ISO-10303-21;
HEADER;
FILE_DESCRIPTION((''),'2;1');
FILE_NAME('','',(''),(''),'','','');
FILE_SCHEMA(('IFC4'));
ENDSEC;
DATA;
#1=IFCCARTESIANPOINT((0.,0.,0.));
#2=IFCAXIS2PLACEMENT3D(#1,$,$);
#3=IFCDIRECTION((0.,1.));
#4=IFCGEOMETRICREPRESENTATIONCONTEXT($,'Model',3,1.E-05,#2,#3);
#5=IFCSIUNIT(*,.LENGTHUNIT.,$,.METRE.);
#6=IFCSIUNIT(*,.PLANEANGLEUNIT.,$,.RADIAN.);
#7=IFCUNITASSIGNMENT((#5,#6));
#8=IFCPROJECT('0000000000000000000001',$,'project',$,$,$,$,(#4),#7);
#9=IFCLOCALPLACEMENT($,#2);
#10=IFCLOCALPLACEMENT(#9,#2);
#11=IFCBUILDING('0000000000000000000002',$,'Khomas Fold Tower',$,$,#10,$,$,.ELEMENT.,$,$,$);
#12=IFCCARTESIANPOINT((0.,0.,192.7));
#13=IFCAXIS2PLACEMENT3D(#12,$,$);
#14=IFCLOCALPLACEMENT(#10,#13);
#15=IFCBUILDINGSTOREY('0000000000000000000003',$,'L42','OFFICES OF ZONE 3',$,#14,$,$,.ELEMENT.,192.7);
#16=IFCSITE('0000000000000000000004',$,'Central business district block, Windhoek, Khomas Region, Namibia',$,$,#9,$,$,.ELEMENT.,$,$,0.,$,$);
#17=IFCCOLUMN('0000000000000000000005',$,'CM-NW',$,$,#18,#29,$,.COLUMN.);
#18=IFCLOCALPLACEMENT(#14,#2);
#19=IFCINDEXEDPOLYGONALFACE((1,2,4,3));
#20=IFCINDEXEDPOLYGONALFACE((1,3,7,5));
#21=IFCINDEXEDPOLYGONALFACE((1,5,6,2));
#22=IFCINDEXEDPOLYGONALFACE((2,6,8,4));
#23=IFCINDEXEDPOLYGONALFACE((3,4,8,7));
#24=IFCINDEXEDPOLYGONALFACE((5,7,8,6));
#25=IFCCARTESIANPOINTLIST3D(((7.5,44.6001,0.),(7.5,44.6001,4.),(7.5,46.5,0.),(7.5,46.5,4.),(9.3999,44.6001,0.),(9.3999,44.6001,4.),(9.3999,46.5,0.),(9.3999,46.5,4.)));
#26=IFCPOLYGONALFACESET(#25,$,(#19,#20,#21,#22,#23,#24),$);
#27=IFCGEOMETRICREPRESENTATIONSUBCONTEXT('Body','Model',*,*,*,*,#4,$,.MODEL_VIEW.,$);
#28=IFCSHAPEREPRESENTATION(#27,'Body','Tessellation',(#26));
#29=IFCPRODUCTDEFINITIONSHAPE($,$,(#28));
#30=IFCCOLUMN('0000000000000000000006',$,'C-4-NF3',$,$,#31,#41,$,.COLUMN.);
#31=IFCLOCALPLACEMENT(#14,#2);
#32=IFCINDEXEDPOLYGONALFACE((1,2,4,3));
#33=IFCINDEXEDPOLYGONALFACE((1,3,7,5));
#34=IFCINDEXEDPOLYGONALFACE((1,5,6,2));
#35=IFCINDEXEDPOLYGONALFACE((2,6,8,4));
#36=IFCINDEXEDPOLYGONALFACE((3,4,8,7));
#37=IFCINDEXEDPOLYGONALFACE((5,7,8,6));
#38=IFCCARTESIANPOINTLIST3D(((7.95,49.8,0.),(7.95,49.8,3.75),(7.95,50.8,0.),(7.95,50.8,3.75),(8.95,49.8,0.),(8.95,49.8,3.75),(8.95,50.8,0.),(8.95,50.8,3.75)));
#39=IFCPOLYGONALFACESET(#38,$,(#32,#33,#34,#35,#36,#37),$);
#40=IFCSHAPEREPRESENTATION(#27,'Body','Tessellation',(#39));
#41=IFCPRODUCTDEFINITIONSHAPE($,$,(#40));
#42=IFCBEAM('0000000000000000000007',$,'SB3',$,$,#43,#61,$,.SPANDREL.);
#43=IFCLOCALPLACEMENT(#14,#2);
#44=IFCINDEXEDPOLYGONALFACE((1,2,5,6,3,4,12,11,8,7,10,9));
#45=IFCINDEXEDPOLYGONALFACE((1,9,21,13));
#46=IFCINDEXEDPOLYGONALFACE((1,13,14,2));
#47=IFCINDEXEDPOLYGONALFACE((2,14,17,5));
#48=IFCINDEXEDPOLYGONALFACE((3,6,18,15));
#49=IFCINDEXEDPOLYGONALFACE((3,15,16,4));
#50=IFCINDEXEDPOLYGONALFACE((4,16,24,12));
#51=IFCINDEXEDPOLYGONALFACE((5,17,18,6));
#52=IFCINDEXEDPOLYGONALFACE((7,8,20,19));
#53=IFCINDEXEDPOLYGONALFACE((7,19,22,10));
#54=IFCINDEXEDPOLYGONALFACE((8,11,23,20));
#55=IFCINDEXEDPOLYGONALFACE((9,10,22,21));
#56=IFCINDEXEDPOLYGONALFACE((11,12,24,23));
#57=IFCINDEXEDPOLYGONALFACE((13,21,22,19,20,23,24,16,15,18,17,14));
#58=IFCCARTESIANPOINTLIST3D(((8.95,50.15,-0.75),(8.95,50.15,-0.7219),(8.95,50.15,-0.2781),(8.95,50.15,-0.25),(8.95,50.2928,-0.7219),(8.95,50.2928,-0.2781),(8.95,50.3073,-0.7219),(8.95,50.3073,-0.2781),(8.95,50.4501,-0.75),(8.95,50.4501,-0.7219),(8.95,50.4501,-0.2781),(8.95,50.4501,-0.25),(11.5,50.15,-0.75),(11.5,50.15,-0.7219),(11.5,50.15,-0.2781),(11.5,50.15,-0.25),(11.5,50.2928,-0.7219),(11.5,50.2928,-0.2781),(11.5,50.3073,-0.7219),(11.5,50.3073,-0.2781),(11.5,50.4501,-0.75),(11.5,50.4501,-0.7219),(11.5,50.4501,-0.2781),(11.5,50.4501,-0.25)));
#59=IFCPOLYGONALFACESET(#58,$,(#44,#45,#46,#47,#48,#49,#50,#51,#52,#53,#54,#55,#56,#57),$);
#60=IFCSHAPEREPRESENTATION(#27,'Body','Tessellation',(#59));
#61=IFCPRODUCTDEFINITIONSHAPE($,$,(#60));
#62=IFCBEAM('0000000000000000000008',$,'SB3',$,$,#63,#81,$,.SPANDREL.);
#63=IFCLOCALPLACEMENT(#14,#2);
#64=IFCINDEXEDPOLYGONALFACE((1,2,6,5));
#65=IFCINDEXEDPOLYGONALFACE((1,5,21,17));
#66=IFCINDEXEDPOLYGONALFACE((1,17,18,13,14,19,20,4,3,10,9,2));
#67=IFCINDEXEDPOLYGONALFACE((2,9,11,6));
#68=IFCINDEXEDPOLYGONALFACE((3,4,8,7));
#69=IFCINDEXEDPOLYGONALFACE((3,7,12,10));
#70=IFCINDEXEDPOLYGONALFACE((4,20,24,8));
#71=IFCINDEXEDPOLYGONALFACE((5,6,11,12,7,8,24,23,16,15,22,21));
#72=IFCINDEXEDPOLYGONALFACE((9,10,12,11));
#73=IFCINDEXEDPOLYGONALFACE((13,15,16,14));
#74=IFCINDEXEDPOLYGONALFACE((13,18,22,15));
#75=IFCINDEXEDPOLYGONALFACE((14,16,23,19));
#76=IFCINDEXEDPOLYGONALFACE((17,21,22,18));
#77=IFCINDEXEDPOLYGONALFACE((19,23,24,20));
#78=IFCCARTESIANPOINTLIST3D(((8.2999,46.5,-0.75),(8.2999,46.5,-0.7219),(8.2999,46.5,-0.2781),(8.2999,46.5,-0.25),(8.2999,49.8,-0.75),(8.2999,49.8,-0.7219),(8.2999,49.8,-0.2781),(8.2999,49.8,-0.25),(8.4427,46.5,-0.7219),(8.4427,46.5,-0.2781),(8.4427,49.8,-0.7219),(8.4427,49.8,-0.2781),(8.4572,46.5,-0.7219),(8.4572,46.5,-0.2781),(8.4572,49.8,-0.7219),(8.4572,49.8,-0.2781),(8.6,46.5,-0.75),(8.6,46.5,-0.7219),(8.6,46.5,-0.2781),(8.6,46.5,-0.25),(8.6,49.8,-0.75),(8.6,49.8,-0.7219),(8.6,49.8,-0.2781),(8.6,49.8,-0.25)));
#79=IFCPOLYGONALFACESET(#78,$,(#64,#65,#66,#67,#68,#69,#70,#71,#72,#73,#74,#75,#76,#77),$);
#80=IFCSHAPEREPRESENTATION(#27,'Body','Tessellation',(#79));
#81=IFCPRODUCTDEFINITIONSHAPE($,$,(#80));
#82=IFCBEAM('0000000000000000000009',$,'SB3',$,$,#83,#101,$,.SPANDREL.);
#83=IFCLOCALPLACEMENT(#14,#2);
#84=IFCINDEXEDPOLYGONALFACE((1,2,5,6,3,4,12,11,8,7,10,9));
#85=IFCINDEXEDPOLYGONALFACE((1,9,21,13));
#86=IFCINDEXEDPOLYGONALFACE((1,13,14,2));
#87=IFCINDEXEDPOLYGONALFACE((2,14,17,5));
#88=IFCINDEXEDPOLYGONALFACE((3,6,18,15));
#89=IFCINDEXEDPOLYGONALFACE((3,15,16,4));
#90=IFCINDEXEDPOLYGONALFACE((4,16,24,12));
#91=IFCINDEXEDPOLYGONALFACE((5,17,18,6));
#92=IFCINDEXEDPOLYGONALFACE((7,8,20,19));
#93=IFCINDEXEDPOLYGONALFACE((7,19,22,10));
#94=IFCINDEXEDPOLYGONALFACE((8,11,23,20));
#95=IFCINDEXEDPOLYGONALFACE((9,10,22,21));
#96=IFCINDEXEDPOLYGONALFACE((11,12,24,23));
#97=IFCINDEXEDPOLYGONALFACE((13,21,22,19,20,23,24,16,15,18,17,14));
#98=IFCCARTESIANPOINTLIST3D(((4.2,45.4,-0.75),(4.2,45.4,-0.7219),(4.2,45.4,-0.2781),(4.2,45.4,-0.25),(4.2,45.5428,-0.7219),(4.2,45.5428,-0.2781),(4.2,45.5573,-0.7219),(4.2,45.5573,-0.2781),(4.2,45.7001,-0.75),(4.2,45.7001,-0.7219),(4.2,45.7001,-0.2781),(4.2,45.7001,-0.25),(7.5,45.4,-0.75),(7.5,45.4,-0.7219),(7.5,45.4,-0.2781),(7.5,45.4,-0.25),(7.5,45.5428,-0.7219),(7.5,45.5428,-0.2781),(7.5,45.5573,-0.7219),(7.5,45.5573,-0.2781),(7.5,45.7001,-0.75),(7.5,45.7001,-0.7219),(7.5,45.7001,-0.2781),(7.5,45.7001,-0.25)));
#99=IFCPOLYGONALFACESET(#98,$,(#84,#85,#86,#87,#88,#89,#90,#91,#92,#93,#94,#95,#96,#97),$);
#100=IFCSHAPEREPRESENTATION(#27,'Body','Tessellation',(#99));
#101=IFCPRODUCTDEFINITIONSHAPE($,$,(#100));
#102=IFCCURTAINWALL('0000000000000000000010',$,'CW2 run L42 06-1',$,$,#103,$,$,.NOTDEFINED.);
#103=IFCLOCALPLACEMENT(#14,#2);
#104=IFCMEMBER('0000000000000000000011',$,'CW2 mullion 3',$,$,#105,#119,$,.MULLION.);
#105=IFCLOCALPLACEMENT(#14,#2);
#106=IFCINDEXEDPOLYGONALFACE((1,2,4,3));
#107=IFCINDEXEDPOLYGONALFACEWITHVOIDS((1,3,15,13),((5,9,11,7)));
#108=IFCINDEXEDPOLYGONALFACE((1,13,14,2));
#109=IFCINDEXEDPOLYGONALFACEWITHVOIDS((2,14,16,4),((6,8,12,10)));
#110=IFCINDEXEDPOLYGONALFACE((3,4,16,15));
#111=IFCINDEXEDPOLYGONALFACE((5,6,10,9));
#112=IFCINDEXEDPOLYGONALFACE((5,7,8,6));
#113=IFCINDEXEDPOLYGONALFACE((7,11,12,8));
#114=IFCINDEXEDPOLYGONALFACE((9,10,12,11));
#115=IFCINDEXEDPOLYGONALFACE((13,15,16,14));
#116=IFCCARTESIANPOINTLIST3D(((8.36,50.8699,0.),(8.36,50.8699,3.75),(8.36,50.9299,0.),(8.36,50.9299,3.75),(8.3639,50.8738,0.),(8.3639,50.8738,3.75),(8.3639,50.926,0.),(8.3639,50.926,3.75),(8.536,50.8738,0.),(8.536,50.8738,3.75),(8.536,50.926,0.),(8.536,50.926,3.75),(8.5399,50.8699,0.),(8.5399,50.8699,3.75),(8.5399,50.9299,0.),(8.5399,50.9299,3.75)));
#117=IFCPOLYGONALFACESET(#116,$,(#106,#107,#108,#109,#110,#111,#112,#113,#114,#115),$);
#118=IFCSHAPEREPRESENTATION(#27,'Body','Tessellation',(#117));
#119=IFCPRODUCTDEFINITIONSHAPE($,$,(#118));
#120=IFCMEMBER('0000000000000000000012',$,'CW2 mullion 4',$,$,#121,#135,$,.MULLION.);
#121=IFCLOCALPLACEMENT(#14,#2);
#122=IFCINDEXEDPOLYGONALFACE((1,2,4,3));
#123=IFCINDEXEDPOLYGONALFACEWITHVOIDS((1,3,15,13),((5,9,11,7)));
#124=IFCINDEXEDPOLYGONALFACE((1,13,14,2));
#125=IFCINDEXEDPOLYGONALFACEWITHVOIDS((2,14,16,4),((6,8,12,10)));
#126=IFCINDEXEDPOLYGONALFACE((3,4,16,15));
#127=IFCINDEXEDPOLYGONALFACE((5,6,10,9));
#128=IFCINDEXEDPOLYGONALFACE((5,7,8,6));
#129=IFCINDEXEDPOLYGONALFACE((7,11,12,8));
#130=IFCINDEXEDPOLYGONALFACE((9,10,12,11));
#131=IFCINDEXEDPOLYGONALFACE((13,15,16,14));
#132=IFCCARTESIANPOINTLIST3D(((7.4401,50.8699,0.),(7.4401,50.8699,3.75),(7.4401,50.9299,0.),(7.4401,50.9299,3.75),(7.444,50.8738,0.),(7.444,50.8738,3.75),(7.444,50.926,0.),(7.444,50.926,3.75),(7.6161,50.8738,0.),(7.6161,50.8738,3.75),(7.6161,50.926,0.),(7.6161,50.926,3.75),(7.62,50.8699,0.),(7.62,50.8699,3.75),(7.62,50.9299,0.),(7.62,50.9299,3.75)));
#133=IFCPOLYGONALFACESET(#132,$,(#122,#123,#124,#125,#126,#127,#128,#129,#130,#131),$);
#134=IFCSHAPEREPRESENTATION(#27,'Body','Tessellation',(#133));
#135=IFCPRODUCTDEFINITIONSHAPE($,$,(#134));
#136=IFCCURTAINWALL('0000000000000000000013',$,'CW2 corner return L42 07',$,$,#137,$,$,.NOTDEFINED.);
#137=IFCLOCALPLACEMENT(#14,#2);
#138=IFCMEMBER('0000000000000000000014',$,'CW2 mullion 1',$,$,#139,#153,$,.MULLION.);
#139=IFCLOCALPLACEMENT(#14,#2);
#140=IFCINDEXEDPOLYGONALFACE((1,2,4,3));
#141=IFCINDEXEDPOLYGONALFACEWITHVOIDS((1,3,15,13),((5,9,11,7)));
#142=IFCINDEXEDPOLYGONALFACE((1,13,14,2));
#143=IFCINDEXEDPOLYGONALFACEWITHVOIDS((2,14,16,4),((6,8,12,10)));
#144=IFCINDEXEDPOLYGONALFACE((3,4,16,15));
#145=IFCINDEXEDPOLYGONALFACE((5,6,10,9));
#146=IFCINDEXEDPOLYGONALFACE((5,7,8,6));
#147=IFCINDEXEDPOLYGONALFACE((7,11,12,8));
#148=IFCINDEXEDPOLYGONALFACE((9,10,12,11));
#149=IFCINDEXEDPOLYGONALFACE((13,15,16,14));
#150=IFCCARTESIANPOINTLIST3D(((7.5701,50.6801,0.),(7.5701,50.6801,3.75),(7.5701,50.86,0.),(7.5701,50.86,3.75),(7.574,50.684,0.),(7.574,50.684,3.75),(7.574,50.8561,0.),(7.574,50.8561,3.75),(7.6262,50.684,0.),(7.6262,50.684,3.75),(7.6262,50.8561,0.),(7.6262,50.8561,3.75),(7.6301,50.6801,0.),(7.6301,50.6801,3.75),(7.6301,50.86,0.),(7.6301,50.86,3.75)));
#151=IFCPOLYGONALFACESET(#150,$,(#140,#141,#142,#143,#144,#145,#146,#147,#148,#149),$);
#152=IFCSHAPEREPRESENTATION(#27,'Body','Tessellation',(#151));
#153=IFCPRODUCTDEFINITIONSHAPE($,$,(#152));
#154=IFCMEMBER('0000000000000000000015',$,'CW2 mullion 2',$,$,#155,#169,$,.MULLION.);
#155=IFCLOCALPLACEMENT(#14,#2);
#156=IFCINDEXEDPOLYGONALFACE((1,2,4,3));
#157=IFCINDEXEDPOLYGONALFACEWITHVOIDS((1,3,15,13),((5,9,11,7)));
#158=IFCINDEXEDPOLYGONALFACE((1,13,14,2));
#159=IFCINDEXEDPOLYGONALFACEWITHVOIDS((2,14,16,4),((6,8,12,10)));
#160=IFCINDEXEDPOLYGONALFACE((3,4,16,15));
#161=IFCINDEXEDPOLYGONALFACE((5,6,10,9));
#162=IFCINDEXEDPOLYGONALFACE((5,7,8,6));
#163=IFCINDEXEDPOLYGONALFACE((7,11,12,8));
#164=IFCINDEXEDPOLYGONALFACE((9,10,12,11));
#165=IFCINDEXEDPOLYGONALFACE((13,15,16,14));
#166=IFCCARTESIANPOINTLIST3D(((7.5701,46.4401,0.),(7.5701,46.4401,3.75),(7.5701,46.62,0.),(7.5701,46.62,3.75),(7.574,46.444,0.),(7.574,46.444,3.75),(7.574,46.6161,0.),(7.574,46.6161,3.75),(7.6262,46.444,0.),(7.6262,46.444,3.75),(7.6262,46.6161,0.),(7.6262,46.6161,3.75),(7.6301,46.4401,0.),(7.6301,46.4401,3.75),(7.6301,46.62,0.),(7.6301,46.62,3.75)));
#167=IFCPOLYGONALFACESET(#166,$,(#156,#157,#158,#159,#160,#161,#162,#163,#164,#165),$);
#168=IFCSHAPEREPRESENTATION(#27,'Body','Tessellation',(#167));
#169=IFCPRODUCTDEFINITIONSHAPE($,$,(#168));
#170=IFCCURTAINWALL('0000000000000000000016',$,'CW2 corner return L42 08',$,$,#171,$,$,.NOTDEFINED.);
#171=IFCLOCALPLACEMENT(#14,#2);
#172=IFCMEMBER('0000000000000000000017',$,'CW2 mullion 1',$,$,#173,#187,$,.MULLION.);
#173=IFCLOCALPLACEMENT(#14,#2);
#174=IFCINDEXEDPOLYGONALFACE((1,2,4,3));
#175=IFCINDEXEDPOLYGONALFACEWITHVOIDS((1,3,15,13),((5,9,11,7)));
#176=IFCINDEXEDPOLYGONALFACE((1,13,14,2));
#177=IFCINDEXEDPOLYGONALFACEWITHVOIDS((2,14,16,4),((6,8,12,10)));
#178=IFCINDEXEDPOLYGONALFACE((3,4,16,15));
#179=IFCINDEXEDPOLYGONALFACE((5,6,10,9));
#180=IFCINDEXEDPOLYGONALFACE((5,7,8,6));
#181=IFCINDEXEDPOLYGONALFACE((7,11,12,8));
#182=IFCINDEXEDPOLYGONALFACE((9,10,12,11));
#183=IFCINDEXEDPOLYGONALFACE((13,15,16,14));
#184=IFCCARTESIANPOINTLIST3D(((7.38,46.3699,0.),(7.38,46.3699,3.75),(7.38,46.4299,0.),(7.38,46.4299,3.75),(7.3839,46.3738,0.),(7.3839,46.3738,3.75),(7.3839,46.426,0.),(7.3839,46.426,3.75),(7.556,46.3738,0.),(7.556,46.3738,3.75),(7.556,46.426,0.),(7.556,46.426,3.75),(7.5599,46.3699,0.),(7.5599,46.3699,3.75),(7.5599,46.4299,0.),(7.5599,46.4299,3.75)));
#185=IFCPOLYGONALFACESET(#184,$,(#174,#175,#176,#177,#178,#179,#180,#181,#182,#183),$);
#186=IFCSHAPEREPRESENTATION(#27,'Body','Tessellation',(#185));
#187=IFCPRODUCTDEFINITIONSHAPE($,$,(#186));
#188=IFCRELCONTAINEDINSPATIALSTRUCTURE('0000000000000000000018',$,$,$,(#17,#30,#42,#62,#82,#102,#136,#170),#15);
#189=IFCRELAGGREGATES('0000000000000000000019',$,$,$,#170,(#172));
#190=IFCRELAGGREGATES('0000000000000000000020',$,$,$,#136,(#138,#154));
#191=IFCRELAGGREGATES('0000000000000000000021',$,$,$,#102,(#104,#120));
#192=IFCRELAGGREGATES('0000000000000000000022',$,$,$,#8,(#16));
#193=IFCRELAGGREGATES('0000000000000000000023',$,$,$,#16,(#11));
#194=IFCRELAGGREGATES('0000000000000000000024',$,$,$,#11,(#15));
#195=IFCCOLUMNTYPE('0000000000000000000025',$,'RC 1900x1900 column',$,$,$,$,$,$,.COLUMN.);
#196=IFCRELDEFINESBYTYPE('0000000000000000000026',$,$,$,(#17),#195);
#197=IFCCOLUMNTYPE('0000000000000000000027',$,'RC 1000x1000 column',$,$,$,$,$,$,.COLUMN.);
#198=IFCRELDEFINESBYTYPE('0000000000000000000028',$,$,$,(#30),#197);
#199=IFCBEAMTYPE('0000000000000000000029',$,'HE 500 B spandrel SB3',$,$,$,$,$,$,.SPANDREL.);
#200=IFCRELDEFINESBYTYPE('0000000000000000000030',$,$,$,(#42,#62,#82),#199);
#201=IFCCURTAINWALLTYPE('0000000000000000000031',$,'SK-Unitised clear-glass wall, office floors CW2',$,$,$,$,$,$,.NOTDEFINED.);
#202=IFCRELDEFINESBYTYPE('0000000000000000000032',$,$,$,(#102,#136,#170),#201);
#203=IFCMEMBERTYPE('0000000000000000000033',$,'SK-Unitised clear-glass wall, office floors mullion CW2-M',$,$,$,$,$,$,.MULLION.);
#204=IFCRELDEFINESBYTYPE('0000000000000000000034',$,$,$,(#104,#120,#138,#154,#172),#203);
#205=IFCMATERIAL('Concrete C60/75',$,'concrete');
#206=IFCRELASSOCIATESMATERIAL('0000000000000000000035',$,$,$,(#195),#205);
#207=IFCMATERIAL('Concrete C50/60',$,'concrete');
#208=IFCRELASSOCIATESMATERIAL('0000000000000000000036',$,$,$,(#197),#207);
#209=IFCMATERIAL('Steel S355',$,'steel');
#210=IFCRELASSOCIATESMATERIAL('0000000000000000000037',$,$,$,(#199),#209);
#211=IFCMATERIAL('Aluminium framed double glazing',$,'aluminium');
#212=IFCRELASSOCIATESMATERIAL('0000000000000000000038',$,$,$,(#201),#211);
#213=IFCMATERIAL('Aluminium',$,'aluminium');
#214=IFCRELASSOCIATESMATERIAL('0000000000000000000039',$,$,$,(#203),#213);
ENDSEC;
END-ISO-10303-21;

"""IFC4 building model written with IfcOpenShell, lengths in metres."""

from ifc_helpers import new_model, si_unit, direction, frame, origin, origin_2d, place, context, subcontext, project, spatial, rectangle, hollow_rectangle, i_section, extrude, source, transform, mapped, material, material_profile, profile_set, type_object, element, aggregate, save


model = new_model("IFC4")

# Units and contexts
model_context = context("Model", 3, precision=1e-05, world=origin(), true_north=direction((0.0, 1.0)))
body_context = subcontext(model_context, "Body", "Model", "MODEL_VIEW")
ifc_project = project(units=[si_unit("LENGTHUNIT", "METRE"), si_unit("PLANEANGLEUNIT", "RADIAN")], contexts=[model_context])

# Site, building, storey
site_placement = place(None, origin())
site = spatial("IfcSite", under=ifc_project, at=site_placement, Name="Central business district block, Windhoek, Khomas Region, Namibia", CompositionType="ELEMENT", RefElevation=0.0)
building_placement = place(site_placement, origin())
building = spatial("IfcBuilding", under=site, at=building_placement, Name="Khomas Fold Tower", CompositionType="ELEMENT")
storey_placement = place(building_placement, frame((0.0, 0.0, 192.7)))
storey = spatial("IfcBuildingStorey", under=building, at=storey_placement, Name="L42", Description="OFFICES OF ZONE 3", CompositionType="ELEMENT", Elevation=192.7)

# Columns
ifc_material_1 = material(Name="Concrete C60/75", Category="concrete")
ifc_material_profile_1 = material_profile(ifc_material_1, rectangle(XDim=1.8999, YDim=1.8999, at=origin_2d()), Name="RC 1900x1900")
ifc_profile_set_1 = profile_set([ifc_material_profile_1], Name="Concrete C60/75")
column_type_1 = type_object("IfcColumnType", Name="RC 1900x1900 column", PredefinedType="COLUMN", material=ifc_profile_set_1)
shared_shape_1 = source(origin(), body_context, "Body", "SweptSolid", [
    extrude(rectangle(XDim=1.8999, YDim=1.8999, at=origin_2d()), origin(), (0.0, 0.0, 1.0), 4.0),
])
column_1_placement = place(storey_placement, frame((8.45, 45.55, 0.0), z_axis=(0.0, 0.0, 1.0), x_axis=(1.0, 0.0, 0.0)))
element("IfcColumn", 1, at=column_1_placement, inside=storey, type_object=column_type_1, Name="CM-NW", PredefinedType="COLUMN", context=body_context, shape_type="MappedRepresentation", body=[
    mapped(shared_shape_1, transform((0.0, 0.0, 0.0))),
])
ifc_material_2 = material(Name="Concrete C50/60", Category="concrete")
ifc_material_profile_2 = material_profile(ifc_material_2, rectangle(XDim=1.0, YDim=1.0, at=origin_2d()), Name="RC 1000x1000")
ifc_profile_set_2 = profile_set([ifc_material_profile_2], Name="Concrete C50/60")
column_type_2 = type_object("IfcColumnType", Name="RC 1000x1000 column", PredefinedType="COLUMN", material=ifc_profile_set_2)
shared_shape_2 = source(origin(), body_context, "Body", "SweptSolid", [
    extrude(rectangle(XDim=1.0, YDim=1.0, at=origin_2d()), origin(), (0.0, 0.0, 1.0), 3.75),
])
column_2_placement = place(storey_placement, frame((8.45, 50.3, 0.0), z_axis=(0.0, 0.0, 1.0), x_axis=(1.0, 0.0, 0.0)))
element("IfcColumn", 2, at=column_2_placement, inside=storey, type_object=column_type_2, Name="C-4-NF3", PredefinedType="COLUMN", context=body_context, shape_type="MappedRepresentation", body=[
    mapped(shared_shape_2, transform((0.0, 0.0, 0.0))),
])

# Beams
ifc_material_3 = material(Name="Steel S355", Category="steel")
ifc_material_profile_3 = material_profile(ifc_material_3, i_section(OverallWidth=0.3, OverallDepth=0.5, WebThickness=0.0144, FlangeThickness=0.0281, at=origin_2d()), Name="HE 500 B")
ifc_profile_set_3 = profile_set([ifc_material_profile_3], Name="Steel S355")
beam_type = type_object("IfcBeamType", Name="HE 500 B spandrel SB3", PredefinedType="SPANDREL", material=ifc_profile_set_3)
shared_shape_3 = source(origin(), body_context, "Body", "SweptSolid", [
    extrude(i_section(OverallWidth=0.3, OverallDepth=0.5, WebThickness=0.0144, FlangeThickness=0.0281, at=origin_2d()), origin(), (0.0, 0.0, 1.0), 2.55),
])
beam_placement = place(storey_placement, frame((8.95, 50.3, -0.5), z_axis=(1.0, 0.0, 0.0), x_axis=(0.0, 1.0, 0.0)))
element("IfcBeam", 3, at=beam_placement, inside=storey, type_object=beam_type, Name="SB3", PredefinedType="SPANDREL", context=body_context, shape_type="MappedRepresentation", body=[
    mapped(shared_shape_3, transform((0.0, 0.0, 0.0))),
])
shared_shape_4 = source(origin(), body_context, "Body", "SweptSolid", [
    extrude(i_section(OverallWidth=0.3, OverallDepth=0.5, WebThickness=0.0144, FlangeThickness=0.0281, at=origin_2d()), origin(), (0.0, 0.0, 1.0), 3.3),
])
for number, where, z_axis, x_axis, name in (
    (4, (8.45, 46.5, -0.5), (0.0, 1.0, 0.0), (-1.0, 0.0, 0.0), "SB3"),
    (5, (4.2, 45.55, -0.5), (1.0, 0.0, 0.0), (0.0, 1.0, 0.0), "SB3"),
):
    element("IfcBeam", number, at=place(storey_placement, frame(where, z_axis=z_axis, x_axis=x_axis)), inside=storey, type_object=beam_type, Name=name, PredefinedType="SPANDREL", context=body_context, shape_type="MappedRepresentation", body=[
        mapped(shared_shape_4, transform((0.0, 0.0, 0.0))),
    ])

# Curtain walls, members
ifc_material_4 = material(Name="Aluminium framed double glazing", Category="aluminium")
curtain_wall_type = type_object("IfcCurtainWallType", Name="SK-Unitised clear-glass wall, office floors CW2", PredefinedType="NOTDEFINED", material=ifc_material_4)
curtain_wall_1_placement = place(storey_placement, origin())
curtain_wall_1 = element("IfcCurtainWall", 6, at=curtain_wall_1_placement, inside=storey, type_object=curtain_wall_type, Name="CW2 run L42 06-1", PredefinedType="NOTDEFINED")
ifc_material_5 = material(Name="Aluminium", Category="aluminium")
ifc_material_profile_4 = material_profile(ifc_material_5, hollow_rectangle(XDim=0.0601, YDim=0.1799, WallThickness=0.0039, at=origin_2d()), Name="SK-Unitised clear-glass wall, office floors mullion CW2-M")
ifc_profile_set_4 = profile_set([ifc_material_profile_4], Name="Aluminium")
member_type_1 = type_object("IfcMemberType", Name="SK-Unitised clear-glass wall, office floors mullion CW2-M", PredefinedType="MULLION", material=ifc_profile_set_4)
shared_shape_5 = source(origin(), body_context, "Body", "SweptSolid", [
    extrude(hollow_rectangle(XDim=0.0601, YDim=0.1799, WallThickness=0.0039, at=origin_2d()), origin(), (0.0, 0.0, 1.0), 3.75),
])
member_1_placement = place(storey_placement, frame((8.45, 50.8999, 0.0), z_axis=(0.0, 0.0, 1.0), x_axis=(0.0, -1.0, 0.0)))
member_1 = element("IfcMember", 7, at=member_1_placement, type_object=member_type_1, Name="CW2 mullion 3", PredefinedType="MULLION", context=body_context, shape_type="MappedRepresentation", body=[
    mapped(shared_shape_5, transform((0.0, 0.0, 0.0))),
])
member_2_placement = place(storey_placement, frame((7.53, 50.8999, 0.0), z_axis=(0.0, 0.0, 1.0), x_axis=(0.0, -1.0, 0.0)))
member_2 = element("IfcMember", 8, at=member_2_placement, type_object=member_type_1, Name="CW2 mullion 4", PredefinedType="MULLION", context=body_context, shape_type="MappedRepresentation", body=[
    mapped(shared_shape_5, transform((0.0, 0.0, 0.0))),
])
curtain_wall_2_placement = place(storey_placement, origin())
curtain_wall_2 = element("IfcCurtainWall", 9, at=curtain_wall_2_placement, inside=storey, type_object=curtain_wall_type, Name="CW2 corner return L42 07", PredefinedType="NOTDEFINED")
member_3_placement = place(storey_placement, frame((7.6001, 50.77, 0.0), z_axis=(0.0, 0.0, 1.0), x_axis=(1.0, 0.0, 0.0)))
member_3 = element("IfcMember", 10, at=member_3_placement, type_object=member_type_1, Name="CW2 mullion 1", PredefinedType="MULLION", context=body_context, shape_type="MappedRepresentation", body=[
    mapped(shared_shape_5, transform((0.0, 0.0, 0.0))),
])
member_4_placement = place(storey_placement, frame((7.6001, 46.53, 0.0), z_axis=(0.0, 0.0, 1.0), x_axis=(1.0, 0.0, 0.0)))
member_4 = element("IfcMember", 11, at=member_4_placement, type_object=member_type_1, Name="CW2 mullion 2", PredefinedType="MULLION", context=body_context, shape_type="MappedRepresentation", body=[
    mapped(shared_shape_5, transform((0.0, 0.0, 0.0))),
])
curtain_wall_3_placement = place(storey_placement, origin())
curtain_wall_3 = element("IfcCurtainWall", 12, at=curtain_wall_3_placement, inside=storey, type_object=curtain_wall_type, Name="CW2 corner return L42 08", PredefinedType="NOTDEFINED")
member_5_placement = place(storey_placement, frame((7.47, 46.3999, 0.0), z_axis=(0.0, 0.0, 1.0), x_axis=(0.0, -1.0, 0.0)))
member_5 = element("IfcMember", 13, at=member_5_placement, type_object=member_type_1, Name="CW2 mullion 1", PredefinedType="MULLION", context=body_context, shape_type="MappedRepresentation", body=[
    mapped(shared_shape_5, transform((0.0, 0.0, 0.0))),
])

aggregate(curtain_wall_3, [member_5])
aggregate(curtain_wall_2, [member_3, member_4])
aggregate(curtain_wall_1, [member_1, member_2])

save(model, "model.ifc")
